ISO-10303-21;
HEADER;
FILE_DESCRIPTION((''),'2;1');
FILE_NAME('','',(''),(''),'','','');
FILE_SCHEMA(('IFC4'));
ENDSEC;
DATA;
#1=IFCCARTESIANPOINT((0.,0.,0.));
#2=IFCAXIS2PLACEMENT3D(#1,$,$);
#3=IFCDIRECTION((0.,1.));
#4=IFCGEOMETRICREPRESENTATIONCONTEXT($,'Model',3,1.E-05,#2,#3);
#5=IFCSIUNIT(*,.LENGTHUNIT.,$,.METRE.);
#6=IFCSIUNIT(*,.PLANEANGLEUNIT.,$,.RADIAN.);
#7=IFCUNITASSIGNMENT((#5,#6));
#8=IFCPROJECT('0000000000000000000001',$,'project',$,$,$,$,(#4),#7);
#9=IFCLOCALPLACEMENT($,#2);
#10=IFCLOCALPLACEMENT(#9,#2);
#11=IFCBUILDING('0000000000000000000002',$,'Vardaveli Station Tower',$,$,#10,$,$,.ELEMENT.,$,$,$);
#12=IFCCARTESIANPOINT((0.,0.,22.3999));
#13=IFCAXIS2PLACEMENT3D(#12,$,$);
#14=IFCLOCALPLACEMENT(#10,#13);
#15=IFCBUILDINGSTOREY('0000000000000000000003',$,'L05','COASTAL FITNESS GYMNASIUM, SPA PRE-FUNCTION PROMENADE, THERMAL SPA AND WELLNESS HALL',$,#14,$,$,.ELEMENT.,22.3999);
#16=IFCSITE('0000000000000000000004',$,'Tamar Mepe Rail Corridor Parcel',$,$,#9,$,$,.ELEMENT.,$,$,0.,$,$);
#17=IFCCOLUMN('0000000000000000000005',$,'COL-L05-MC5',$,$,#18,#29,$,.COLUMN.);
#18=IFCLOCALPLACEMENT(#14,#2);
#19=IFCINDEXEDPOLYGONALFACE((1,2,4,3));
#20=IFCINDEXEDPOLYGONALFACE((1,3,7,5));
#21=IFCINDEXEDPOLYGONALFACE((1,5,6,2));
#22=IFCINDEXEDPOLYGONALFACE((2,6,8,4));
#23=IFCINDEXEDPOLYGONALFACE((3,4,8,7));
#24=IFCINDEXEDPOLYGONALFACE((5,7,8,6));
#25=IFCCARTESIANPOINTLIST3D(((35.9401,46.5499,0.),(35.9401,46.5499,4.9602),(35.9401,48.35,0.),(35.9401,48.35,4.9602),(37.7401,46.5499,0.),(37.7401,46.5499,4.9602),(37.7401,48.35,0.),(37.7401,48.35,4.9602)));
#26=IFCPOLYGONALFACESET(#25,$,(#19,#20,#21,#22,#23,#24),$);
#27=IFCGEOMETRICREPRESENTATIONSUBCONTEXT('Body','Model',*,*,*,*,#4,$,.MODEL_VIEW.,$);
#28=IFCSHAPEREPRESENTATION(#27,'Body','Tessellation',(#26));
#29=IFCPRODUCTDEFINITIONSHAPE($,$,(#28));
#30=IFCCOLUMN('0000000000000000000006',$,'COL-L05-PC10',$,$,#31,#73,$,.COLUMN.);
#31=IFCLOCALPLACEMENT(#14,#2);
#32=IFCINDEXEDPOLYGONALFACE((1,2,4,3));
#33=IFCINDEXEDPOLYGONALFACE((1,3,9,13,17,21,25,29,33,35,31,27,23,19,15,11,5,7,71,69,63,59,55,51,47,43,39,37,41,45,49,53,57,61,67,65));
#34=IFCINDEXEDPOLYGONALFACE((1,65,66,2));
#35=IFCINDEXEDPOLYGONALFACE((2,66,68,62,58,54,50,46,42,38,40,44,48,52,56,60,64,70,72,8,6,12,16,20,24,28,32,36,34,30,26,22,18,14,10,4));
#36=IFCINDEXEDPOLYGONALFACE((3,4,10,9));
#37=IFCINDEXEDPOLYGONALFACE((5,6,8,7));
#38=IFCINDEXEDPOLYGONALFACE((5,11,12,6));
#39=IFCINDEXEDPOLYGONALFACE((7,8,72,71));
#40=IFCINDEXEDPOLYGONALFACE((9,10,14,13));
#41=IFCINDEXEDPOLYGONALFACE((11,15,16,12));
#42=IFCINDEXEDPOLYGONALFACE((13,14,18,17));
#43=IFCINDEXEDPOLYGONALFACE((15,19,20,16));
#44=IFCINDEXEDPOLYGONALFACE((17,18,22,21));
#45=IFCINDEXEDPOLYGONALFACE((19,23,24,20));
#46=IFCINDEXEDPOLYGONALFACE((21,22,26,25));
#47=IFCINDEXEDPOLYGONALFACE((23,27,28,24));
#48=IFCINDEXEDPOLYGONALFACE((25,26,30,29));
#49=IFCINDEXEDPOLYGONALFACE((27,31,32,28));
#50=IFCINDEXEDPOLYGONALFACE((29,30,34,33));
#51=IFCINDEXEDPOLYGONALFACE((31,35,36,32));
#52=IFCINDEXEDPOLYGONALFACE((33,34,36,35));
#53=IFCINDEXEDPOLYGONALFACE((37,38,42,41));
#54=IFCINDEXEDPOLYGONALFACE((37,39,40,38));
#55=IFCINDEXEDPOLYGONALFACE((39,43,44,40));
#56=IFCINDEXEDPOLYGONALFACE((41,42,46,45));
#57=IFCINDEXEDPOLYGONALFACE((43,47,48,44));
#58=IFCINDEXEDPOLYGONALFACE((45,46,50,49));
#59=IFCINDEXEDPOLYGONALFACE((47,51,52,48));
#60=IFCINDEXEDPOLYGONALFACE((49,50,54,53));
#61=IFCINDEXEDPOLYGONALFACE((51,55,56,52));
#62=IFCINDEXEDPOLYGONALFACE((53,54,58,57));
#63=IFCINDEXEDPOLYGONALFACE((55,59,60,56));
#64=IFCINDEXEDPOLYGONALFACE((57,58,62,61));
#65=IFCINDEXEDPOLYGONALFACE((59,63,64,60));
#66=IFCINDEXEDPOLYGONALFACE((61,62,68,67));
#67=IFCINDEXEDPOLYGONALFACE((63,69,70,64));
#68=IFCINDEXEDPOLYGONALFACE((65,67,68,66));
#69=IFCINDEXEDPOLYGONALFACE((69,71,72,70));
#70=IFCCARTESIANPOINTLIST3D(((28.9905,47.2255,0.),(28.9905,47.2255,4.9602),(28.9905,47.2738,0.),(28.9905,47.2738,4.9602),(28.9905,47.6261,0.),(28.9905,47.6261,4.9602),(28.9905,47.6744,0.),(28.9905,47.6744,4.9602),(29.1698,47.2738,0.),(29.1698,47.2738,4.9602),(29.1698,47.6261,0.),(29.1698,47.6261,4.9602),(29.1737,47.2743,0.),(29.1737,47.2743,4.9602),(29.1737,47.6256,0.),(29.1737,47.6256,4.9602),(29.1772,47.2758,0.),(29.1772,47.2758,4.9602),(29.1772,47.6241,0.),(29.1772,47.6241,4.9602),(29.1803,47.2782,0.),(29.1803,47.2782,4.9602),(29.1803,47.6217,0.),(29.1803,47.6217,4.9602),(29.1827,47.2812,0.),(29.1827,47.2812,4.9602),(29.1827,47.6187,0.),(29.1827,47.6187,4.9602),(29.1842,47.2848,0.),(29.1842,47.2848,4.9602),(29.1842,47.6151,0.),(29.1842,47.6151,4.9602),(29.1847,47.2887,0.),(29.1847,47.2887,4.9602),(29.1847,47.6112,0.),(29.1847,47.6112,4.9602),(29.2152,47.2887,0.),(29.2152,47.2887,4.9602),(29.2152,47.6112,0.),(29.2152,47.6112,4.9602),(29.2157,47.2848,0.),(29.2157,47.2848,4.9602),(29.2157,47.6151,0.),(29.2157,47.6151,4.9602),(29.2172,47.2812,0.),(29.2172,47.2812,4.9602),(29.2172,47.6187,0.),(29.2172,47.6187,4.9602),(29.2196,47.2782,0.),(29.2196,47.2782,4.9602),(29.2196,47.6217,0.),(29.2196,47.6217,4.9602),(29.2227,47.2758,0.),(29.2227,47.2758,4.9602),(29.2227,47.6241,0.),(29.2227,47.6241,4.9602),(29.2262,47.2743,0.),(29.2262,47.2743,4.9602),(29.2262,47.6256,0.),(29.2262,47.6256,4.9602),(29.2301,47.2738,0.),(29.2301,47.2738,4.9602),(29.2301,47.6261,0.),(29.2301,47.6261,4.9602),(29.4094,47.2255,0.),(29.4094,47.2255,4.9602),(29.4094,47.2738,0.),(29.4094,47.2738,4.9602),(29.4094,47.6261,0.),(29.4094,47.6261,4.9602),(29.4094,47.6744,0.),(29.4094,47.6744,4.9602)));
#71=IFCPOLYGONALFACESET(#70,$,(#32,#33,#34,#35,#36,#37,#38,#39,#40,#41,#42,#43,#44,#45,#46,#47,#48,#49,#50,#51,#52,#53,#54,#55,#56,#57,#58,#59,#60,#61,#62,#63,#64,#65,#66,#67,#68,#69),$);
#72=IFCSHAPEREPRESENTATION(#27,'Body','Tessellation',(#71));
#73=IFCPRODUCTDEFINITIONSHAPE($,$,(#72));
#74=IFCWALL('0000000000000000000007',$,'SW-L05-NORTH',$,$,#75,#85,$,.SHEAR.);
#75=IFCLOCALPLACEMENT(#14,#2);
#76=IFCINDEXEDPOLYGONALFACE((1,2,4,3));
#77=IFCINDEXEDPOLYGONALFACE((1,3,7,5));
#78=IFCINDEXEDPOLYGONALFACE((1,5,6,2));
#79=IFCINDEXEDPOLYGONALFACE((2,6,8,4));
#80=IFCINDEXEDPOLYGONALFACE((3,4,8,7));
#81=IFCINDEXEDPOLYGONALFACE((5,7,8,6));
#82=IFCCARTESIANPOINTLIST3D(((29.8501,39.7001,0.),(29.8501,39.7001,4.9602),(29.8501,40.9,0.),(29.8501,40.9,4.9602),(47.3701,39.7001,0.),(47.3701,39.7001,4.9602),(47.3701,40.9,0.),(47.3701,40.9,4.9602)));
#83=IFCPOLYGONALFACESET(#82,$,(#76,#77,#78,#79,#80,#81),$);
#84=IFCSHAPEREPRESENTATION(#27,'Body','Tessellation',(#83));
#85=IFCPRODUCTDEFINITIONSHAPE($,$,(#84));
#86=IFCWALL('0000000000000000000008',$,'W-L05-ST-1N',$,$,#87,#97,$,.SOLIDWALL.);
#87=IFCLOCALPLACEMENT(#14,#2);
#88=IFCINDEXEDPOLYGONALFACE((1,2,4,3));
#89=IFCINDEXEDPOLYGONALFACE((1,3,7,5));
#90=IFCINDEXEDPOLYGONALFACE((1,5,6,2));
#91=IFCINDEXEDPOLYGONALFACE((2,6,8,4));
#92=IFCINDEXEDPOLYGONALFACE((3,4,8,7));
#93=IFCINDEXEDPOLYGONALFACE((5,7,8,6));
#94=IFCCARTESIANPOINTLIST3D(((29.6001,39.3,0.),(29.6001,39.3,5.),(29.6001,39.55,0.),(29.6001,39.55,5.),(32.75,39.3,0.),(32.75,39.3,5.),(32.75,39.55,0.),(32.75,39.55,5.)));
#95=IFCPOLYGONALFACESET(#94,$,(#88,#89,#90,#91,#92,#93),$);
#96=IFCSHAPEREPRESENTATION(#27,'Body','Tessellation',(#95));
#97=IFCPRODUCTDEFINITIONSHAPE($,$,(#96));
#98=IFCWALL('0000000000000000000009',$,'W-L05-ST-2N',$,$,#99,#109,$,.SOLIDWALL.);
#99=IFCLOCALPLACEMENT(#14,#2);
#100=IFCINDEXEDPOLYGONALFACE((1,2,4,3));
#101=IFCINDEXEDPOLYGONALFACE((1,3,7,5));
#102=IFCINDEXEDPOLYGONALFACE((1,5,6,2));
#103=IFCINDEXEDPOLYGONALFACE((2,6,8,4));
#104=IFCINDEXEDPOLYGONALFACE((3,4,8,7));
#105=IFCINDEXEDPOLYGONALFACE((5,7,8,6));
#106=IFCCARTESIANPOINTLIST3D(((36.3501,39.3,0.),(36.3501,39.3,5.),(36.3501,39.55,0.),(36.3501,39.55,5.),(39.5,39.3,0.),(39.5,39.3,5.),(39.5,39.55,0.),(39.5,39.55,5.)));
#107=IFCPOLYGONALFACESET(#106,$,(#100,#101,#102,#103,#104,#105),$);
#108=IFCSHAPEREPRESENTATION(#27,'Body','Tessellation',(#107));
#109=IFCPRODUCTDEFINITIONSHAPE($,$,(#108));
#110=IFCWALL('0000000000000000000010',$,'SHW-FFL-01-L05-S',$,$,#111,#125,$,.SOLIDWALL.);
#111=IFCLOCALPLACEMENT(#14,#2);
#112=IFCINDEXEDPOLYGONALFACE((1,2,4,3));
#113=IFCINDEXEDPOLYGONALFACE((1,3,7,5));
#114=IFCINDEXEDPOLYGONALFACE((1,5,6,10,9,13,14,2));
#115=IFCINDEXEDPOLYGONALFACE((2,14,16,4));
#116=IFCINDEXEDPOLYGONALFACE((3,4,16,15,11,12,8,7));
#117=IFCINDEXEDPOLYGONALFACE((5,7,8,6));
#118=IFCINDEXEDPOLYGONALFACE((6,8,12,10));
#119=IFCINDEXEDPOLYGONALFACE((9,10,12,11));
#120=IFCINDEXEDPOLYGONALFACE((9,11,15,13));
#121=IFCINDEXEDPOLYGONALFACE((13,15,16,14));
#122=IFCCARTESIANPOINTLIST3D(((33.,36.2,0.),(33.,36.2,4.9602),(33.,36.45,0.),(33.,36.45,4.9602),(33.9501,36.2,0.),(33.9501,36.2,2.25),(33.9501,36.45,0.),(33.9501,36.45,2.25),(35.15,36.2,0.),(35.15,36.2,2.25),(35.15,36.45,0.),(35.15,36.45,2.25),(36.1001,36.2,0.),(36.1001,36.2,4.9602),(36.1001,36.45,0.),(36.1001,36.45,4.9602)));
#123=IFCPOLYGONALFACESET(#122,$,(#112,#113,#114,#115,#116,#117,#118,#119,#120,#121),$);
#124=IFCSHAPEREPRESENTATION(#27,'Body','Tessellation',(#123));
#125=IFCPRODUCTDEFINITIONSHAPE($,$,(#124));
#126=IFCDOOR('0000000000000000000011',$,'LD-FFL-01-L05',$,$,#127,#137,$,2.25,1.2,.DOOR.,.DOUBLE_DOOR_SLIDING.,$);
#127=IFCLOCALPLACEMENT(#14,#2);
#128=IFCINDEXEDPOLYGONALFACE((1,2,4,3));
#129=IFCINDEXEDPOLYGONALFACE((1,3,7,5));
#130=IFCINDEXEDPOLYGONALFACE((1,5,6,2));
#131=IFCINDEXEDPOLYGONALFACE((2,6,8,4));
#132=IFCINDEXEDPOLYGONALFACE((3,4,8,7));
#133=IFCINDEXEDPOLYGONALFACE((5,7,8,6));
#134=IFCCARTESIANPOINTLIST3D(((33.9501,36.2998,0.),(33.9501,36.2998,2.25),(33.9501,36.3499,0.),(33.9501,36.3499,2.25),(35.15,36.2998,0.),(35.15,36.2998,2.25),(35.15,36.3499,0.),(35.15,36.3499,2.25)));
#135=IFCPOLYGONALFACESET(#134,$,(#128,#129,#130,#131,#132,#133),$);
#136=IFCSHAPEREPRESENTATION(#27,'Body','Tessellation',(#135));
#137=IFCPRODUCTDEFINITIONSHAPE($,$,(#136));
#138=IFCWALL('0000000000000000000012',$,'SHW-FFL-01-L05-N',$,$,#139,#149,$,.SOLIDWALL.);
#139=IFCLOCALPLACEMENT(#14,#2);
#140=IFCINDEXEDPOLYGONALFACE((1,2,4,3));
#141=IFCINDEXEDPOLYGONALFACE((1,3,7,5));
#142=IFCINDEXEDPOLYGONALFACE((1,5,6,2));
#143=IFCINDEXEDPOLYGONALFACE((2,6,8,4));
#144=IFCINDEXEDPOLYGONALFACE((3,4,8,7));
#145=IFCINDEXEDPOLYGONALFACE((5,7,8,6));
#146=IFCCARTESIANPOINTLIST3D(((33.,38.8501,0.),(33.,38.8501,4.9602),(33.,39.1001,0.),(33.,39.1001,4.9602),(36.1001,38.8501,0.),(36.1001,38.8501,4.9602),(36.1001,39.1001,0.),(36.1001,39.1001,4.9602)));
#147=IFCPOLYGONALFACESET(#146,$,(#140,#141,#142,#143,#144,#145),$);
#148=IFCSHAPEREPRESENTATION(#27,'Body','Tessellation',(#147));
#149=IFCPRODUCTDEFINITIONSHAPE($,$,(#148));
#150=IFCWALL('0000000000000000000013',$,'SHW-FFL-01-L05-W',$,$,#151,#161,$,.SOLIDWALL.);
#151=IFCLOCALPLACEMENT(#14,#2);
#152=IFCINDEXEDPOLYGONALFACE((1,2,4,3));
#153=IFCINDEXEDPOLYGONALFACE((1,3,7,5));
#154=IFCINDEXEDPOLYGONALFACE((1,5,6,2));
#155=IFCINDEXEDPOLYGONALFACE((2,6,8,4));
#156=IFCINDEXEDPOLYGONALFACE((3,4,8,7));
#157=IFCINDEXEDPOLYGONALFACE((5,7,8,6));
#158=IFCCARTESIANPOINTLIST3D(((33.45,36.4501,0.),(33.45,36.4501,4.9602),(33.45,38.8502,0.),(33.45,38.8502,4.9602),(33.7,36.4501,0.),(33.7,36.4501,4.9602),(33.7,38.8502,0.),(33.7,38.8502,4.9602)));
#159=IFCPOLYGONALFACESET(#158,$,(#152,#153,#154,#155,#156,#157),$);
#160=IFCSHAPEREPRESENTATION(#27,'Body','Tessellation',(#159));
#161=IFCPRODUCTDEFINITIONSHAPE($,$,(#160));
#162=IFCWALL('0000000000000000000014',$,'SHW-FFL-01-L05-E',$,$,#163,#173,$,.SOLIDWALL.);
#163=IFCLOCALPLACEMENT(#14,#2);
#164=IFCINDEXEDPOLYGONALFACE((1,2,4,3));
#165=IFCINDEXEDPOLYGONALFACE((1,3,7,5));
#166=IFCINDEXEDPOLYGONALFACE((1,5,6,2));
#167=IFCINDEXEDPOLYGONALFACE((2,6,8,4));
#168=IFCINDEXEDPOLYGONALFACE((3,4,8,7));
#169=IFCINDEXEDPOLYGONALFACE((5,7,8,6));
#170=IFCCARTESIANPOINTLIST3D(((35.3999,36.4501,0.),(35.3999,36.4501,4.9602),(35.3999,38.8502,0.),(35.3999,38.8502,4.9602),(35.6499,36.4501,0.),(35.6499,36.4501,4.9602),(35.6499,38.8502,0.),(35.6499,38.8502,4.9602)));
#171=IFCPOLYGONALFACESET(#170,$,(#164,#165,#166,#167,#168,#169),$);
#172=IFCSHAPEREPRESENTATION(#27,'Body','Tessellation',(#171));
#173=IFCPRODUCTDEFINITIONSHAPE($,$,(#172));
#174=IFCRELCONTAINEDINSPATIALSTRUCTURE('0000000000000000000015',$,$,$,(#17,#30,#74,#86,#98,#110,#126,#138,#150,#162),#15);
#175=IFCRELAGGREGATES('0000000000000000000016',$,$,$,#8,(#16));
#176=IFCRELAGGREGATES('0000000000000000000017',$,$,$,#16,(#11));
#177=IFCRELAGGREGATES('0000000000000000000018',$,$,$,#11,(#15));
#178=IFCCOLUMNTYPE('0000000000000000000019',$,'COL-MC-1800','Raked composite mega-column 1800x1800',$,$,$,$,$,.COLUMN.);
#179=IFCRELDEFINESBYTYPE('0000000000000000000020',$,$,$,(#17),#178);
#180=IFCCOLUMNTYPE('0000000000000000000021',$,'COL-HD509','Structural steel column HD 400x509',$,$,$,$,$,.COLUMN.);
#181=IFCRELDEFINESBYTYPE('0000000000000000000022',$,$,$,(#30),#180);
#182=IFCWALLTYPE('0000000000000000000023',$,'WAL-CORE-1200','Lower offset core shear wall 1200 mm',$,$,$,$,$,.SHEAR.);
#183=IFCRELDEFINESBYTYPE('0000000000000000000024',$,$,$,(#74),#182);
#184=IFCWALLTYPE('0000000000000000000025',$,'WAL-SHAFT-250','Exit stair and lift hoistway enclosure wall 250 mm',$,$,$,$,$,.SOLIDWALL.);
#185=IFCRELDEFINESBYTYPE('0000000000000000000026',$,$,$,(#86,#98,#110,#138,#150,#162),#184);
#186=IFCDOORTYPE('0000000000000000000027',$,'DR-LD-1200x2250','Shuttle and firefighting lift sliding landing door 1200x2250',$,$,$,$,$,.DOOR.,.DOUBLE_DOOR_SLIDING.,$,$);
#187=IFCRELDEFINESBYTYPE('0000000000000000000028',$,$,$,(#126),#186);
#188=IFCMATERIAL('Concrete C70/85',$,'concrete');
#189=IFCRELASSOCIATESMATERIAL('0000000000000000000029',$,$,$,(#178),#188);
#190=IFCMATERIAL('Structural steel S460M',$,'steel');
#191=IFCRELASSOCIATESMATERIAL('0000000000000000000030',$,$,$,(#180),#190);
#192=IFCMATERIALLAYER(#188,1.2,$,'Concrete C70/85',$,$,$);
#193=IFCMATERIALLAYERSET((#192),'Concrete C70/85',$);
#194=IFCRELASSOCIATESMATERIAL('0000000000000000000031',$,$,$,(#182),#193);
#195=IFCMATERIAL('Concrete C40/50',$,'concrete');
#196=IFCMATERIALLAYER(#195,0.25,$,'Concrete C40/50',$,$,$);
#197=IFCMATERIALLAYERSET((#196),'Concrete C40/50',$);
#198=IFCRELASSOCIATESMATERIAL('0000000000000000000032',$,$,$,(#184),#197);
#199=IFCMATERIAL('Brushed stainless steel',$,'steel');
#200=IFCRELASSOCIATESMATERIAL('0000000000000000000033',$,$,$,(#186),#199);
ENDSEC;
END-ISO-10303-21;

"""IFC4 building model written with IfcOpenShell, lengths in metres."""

from ifc_helpers import new_model, si_unit, direction, frame, frame_2d, origin, origin_2d, place, context, subcontext, project, spatial, rectangle, i_section, extrude, source, transform, mapped, material, layer, layer_set, material_profile, profile_set, type_object, element, fill, save


model = new_model("IFC4")

# Units and contexts
model_context = context("Model", 3, precision=1e-05, world=origin(), true_north=direction((0.0, 1.0)))
body_context = subcontext(model_context, "Body", "Model", "MODEL_VIEW")
ifc_project = project(units=[si_unit("LENGTHUNIT", "METRE"), si_unit("PLANEANGLEUNIT", "RADIAN")], contexts=[model_context])

# Site, building, storey
site_placement = place(None, origin())
site = spatial("IfcSite", under=ifc_project, at=site_placement, Name="Tamar Mepe Rail Corridor Parcel", CompositionType="ELEMENT", RefElevation=0.0)
building_placement = place(site_placement, origin())
building = spatial("IfcBuilding", under=site, at=building_placement, Name="Vardaveli Station Tower", CompositionType="ELEMENT")
storey_placement = place(building_placement, frame((0.0, 0.0, 22.3999)))
storey = spatial("IfcBuildingStorey", under=building, at=storey_placement, Name="L05", Description="COASTAL FITNESS GYMNASIUM, SPA PRE-FUNCTION PROMENADE, THERMAL SPA AND WELLNESS HALL", CompositionType="ELEMENT", Elevation=22.3999)

# Columns
ifc_material_1 = material(Name="Concrete C70/85", Category="concrete")
ifc_material_profile_1 = material_profile(ifc_material_1, rectangle(XDim=1.8, YDim=1.8, at=origin_2d()), Name="MC 1800x1800")
ifc_profile_set_1 = profile_set([ifc_material_profile_1], Name="Concrete C70/85")
column_type_1 = type_object("IfcColumnType", Name="COL-MC-1800", Description="Raked composite mega-column 1800x1800", PredefinedType="COLUMN", material=ifc_profile_set_1)
shared_shape_1 = source(origin(), body_context, "Body", "SweptSolid", [
    extrude(rectangle(XDim=1.8, YDim=1.8, at=origin_2d()), origin(), (0.0, 0.0, 1.0), 4.9602),
])
column_1_placement = place(storey_placement, frame((36.8401, 47.45, 0.0), z_axis=(0.0, 0.0, 1.0), x_axis=(1.0, 0.0, 0.0)))
element("IfcColumn", 1, at=column_1_placement, inside=storey, type_object=column_type_1, Name="COL-L05-MC5", PredefinedType="COLUMN", context=body_context, shape_type="MappedRepresentation", body=[
    mapped(shared_shape_1, transform((0.0, 0.0, 0.0), scale=1.0)),
])
ifc_material_2 = material(Name="Structural steel S460M", Category="steel")
ifc_material_profile_2 = material_profile(ifc_material_2, i_section(OverallWidth=0.4189, OverallDepth=0.449, WebThickness=0.0305, FlangeThickness=0.0483, FilletRadius=0.0149, at=origin_2d()), Name="HD 400x509")
ifc_profile_set_2 = profile_set([ifc_material_profile_2], Name="Structural steel S460M")
column_type_2 = type_object("IfcColumnType", Name="COL-HD509", Description="Structural steel column HD 400x509", PredefinedType="COLUMN", material=ifc_profile_set_2)
shared_shape_2 = source(origin(), body_context, "Body", "SweptSolid", [
    extrude(i_section(OverallWidth=0.4189, OverallDepth=0.449, WebThickness=0.0305, FlangeThickness=0.0483, FilletRadius=0.0149, at=origin_2d()), origin(), (0.0, 0.0, 1.0), 4.9602),
])
column_2_placement = place(storey_placement, frame((29.2, 47.45, 0.0), z_axis=(0.0, 0.0, 1.0), x_axis=(1.0, 0.0, 0.0)))
element("IfcColumn", 2, at=column_2_placement, inside=storey, type_object=column_type_2, Name="COL-L05-PC10", PredefinedType="COLUMN", context=body_context, shape_type="MappedRepresentation", body=[
    mapped(shared_shape_2, transform((0.0, 0.0, 0.0), scale=1.0)),
])

# Walls
ifc_layer_1 = layer(ifc_material_1, 1.2, Name="Concrete C70/85")
ifc_layer_set_1 = layer_set([ifc_layer_1], Name="Concrete C70/85")
wall_type_1 = type_object("IfcWallType", Name="WAL-CORE-1200", Description="Lower offset core shear wall 1200 mm", PredefinedType="SHEAR", material=ifc_layer_set_1)
shared_shape_3 = source(origin(), body_context, "Body", "SweptSolid", [
    extrude(rectangle(XDim=17.52, YDim=1.2, at=frame_2d((8.76, 0.0))), origin(), (0.0, 0.0, 1.0), 4.9602),
])
wall_1_placement = place(storey_placement, frame((29.8501, 40.3, 0.0), z_axis=(0.0, 0.0, 1.0), x_axis=(1.0, 0.0, 0.0)))
element("IfcWall", 3, at=wall_1_placement, inside=storey, type_object=wall_type_1, Name="SW-L05-NORTH", PredefinedType="SHEAR", context=body_context, shape_type="MappedRepresentation", body=[
    mapped(shared_shape_3, transform((0.0, 0.0, 0.0), scale=1.0)),
])
ifc_material_3 = material(Name="Concrete C40/50", Category="concrete")
ifc_layer_2 = layer(ifc_material_3, 0.25, Name="Concrete C40/50")
ifc_layer_set_2 = layer_set([ifc_layer_2], Name="Concrete C40/50")
wall_type_2 = type_object("IfcWallType", Name="WAL-SHAFT-250", Description="Exit stair and lift hoistway enclosure wall 250 mm", PredefinedType="SOLIDWALL", material=ifc_layer_set_2)
shared_shape_4 = source(origin(), body_context, "Body", "SweptSolid", [
    extrude(rectangle(XDim=3.1499, YDim=0.25, at=frame_2d((1.575, 0.0))), origin(), (0.0, 0.0, 1.0), 5.0),
])
for number, where, z_axis, x_axis, name in (
    (4, (29.6001, 39.425, 0.0), (0.0, 0.0, 1.0), (1.0, 0.0, 0.0), "W-L05-ST-1N"),
    (5, (36.3501, 39.425, 0.0), (0.0, 0.0, 1.0), (1.0, 0.0, 0.0), "W-L05-ST-2N"),
):
    element("IfcWall", number, at=place(storey_placement, frame(where, z_axis=z_axis, x_axis=x_axis)), inside=storey, type_object=wall_type_2, Name=name, PredefinedType="SOLIDWALL", context=body_context, shape_type="MappedRepresentation", body=[
        mapped(shared_shape_4, transform((0.0, 0.0, 0.0), scale=1.0)),
    ])

# Wall, opening, door
shared_shape_5 = source(origin(), body_context, "Body", "SweptSolid", [
    extrude(rectangle(XDim=3.1001, YDim=0.25, at=frame_2d((1.55, 0.0))), origin(), (0.0, 0.0, 1.0), 4.9602),
])
wall_2_placement = place(storey_placement, frame((33.0, 36.325, 0.0), z_axis=(0.0, 0.0, 1.0), x_axis=(1.0, 0.0, 0.0)))
wall_2 = element("IfcWall", 6, at=wall_2_placement, inside=storey, type_object=wall_type_2, Name="SHW-FFL-01-L05-S", PredefinedType="SOLIDWALL", context=body_context, shape_type="MappedRepresentation", body=[
    mapped(shared_shape_5, transform((0.0, 0.0, 0.0), scale=1.0)),
])
shared_shape_6 = source(origin(), body_context, "Body", "SweptSolid", [
    extrude(rectangle(XDim=1.2, YDim=2.25, at=frame_2d((0.6001, 1.125))), frame((0.0, 0.135, 0.0), z_axis=(0.0, -1.0, 0.0), x_axis=(1.0, 0.0, 0.0)), (0.0, 0.0, 1.0), 0.27),
])
opening_1_placement = place(wall_2_placement, frame((0.95, 0.0, 0.0)))
opening_1 = element("IfcOpeningElement", 7, at=opening_1_placement, cuts=wall_2, PredefinedType="OPENING", context=body_context, shape_type="MappedRepresentation", body=[
    mapped(shared_shape_6, transform((0.0, 0.0, 0.0), scale=1.0)),
])
ifc_material_4 = material(Name="Brushed stainless steel", Category="steel")
door_type = type_object("IfcDoorType", Name="DR-LD-1200x2250", Description="Shuttle and firefighting lift sliding landing door 1200x2250", OperationType="DOUBLE_DOOR_SLIDING", PredefinedType="DOOR", material=ifc_material_4)
shared_shape_7 = source(origin(), body_context, "Body", "SweptSolid", [
    extrude(rectangle(XDim=1.2, YDim=2.25, at=frame_2d((0.6001, 1.125))), frame((0.0, 0.0249, 0.0), z_axis=(0.0, -1.0, 0.0), x_axis=(1.0, 0.0, 0.0)), (0.0, 0.0, 1.0), 0.05),
])
door_1_placement = place(opening_1_placement, origin())
door_1 = element("IfcDoor", 8, at=door_1_placement, inside=storey, type_object=door_type, Name="LD-FFL-01-L05", OperationType="DOUBLE_DOOR_SLIDING", OverallHeight=2.25, OverallWidth=1.2, PredefinedType="DOOR", context=body_context, shape_type="MappedRepresentation", body=[
    mapped(shared_shape_7, transform((0.0, 0.0, 0.0), scale=1.0)),
])
fill(opening_1, door_1)

# Walls
wall_3_placement = place(storey_placement, frame((33.0, 38.9751, 0.0), z_axis=(0.0, 0.0, 1.0), x_axis=(1.0, 0.0, 0.0)))
element("IfcWall", 9, at=wall_3_placement, inside=storey, type_object=wall_type_2, Name="SHW-FFL-01-L05-N", PredefinedType="SOLIDWALL", context=body_context, shape_type="MappedRepresentation", body=[
    mapped(shared_shape_5, transform((0.0, 0.0, 0.0), scale=1.0)),
])
shared_shape_8 = source(origin(), body_context, "Body", "SweptSolid", [
    extrude(rectangle(XDim=2.4001, YDim=0.25, at=frame_2d((1.2002, 0.0))), origin(), (0.0, 0.0, 1.0), 4.9602),
])
for number, where, z_axis, x_axis, name in (
    (10, (33.575, 36.45, 0.0), (0.0, 0.0, 1.0), (0.0, 1.0, 0.0), "SHW-FFL-01-L05-W"),
    (11, (35.5249, 36.45, 0.0), (0.0, 0.0, 1.0), (0.0, 1.0, 0.0), "SHW-FFL-01-L05-E"),
):
    element("IfcWall", number, at=place(storey_placement, frame(where, z_axis=z_axis, x_axis=x_axis)), inside=storey, type_object=wall_type_2, Name=name, PredefinedType="SOLIDWALL", context=body_context, shape_type="MappedRepresentation", body=[
        mapped(shared_shape_8, transform((0.0, 0.0, 0.0), scale=1.0)),
    ])

save(model, "model.ifc")
